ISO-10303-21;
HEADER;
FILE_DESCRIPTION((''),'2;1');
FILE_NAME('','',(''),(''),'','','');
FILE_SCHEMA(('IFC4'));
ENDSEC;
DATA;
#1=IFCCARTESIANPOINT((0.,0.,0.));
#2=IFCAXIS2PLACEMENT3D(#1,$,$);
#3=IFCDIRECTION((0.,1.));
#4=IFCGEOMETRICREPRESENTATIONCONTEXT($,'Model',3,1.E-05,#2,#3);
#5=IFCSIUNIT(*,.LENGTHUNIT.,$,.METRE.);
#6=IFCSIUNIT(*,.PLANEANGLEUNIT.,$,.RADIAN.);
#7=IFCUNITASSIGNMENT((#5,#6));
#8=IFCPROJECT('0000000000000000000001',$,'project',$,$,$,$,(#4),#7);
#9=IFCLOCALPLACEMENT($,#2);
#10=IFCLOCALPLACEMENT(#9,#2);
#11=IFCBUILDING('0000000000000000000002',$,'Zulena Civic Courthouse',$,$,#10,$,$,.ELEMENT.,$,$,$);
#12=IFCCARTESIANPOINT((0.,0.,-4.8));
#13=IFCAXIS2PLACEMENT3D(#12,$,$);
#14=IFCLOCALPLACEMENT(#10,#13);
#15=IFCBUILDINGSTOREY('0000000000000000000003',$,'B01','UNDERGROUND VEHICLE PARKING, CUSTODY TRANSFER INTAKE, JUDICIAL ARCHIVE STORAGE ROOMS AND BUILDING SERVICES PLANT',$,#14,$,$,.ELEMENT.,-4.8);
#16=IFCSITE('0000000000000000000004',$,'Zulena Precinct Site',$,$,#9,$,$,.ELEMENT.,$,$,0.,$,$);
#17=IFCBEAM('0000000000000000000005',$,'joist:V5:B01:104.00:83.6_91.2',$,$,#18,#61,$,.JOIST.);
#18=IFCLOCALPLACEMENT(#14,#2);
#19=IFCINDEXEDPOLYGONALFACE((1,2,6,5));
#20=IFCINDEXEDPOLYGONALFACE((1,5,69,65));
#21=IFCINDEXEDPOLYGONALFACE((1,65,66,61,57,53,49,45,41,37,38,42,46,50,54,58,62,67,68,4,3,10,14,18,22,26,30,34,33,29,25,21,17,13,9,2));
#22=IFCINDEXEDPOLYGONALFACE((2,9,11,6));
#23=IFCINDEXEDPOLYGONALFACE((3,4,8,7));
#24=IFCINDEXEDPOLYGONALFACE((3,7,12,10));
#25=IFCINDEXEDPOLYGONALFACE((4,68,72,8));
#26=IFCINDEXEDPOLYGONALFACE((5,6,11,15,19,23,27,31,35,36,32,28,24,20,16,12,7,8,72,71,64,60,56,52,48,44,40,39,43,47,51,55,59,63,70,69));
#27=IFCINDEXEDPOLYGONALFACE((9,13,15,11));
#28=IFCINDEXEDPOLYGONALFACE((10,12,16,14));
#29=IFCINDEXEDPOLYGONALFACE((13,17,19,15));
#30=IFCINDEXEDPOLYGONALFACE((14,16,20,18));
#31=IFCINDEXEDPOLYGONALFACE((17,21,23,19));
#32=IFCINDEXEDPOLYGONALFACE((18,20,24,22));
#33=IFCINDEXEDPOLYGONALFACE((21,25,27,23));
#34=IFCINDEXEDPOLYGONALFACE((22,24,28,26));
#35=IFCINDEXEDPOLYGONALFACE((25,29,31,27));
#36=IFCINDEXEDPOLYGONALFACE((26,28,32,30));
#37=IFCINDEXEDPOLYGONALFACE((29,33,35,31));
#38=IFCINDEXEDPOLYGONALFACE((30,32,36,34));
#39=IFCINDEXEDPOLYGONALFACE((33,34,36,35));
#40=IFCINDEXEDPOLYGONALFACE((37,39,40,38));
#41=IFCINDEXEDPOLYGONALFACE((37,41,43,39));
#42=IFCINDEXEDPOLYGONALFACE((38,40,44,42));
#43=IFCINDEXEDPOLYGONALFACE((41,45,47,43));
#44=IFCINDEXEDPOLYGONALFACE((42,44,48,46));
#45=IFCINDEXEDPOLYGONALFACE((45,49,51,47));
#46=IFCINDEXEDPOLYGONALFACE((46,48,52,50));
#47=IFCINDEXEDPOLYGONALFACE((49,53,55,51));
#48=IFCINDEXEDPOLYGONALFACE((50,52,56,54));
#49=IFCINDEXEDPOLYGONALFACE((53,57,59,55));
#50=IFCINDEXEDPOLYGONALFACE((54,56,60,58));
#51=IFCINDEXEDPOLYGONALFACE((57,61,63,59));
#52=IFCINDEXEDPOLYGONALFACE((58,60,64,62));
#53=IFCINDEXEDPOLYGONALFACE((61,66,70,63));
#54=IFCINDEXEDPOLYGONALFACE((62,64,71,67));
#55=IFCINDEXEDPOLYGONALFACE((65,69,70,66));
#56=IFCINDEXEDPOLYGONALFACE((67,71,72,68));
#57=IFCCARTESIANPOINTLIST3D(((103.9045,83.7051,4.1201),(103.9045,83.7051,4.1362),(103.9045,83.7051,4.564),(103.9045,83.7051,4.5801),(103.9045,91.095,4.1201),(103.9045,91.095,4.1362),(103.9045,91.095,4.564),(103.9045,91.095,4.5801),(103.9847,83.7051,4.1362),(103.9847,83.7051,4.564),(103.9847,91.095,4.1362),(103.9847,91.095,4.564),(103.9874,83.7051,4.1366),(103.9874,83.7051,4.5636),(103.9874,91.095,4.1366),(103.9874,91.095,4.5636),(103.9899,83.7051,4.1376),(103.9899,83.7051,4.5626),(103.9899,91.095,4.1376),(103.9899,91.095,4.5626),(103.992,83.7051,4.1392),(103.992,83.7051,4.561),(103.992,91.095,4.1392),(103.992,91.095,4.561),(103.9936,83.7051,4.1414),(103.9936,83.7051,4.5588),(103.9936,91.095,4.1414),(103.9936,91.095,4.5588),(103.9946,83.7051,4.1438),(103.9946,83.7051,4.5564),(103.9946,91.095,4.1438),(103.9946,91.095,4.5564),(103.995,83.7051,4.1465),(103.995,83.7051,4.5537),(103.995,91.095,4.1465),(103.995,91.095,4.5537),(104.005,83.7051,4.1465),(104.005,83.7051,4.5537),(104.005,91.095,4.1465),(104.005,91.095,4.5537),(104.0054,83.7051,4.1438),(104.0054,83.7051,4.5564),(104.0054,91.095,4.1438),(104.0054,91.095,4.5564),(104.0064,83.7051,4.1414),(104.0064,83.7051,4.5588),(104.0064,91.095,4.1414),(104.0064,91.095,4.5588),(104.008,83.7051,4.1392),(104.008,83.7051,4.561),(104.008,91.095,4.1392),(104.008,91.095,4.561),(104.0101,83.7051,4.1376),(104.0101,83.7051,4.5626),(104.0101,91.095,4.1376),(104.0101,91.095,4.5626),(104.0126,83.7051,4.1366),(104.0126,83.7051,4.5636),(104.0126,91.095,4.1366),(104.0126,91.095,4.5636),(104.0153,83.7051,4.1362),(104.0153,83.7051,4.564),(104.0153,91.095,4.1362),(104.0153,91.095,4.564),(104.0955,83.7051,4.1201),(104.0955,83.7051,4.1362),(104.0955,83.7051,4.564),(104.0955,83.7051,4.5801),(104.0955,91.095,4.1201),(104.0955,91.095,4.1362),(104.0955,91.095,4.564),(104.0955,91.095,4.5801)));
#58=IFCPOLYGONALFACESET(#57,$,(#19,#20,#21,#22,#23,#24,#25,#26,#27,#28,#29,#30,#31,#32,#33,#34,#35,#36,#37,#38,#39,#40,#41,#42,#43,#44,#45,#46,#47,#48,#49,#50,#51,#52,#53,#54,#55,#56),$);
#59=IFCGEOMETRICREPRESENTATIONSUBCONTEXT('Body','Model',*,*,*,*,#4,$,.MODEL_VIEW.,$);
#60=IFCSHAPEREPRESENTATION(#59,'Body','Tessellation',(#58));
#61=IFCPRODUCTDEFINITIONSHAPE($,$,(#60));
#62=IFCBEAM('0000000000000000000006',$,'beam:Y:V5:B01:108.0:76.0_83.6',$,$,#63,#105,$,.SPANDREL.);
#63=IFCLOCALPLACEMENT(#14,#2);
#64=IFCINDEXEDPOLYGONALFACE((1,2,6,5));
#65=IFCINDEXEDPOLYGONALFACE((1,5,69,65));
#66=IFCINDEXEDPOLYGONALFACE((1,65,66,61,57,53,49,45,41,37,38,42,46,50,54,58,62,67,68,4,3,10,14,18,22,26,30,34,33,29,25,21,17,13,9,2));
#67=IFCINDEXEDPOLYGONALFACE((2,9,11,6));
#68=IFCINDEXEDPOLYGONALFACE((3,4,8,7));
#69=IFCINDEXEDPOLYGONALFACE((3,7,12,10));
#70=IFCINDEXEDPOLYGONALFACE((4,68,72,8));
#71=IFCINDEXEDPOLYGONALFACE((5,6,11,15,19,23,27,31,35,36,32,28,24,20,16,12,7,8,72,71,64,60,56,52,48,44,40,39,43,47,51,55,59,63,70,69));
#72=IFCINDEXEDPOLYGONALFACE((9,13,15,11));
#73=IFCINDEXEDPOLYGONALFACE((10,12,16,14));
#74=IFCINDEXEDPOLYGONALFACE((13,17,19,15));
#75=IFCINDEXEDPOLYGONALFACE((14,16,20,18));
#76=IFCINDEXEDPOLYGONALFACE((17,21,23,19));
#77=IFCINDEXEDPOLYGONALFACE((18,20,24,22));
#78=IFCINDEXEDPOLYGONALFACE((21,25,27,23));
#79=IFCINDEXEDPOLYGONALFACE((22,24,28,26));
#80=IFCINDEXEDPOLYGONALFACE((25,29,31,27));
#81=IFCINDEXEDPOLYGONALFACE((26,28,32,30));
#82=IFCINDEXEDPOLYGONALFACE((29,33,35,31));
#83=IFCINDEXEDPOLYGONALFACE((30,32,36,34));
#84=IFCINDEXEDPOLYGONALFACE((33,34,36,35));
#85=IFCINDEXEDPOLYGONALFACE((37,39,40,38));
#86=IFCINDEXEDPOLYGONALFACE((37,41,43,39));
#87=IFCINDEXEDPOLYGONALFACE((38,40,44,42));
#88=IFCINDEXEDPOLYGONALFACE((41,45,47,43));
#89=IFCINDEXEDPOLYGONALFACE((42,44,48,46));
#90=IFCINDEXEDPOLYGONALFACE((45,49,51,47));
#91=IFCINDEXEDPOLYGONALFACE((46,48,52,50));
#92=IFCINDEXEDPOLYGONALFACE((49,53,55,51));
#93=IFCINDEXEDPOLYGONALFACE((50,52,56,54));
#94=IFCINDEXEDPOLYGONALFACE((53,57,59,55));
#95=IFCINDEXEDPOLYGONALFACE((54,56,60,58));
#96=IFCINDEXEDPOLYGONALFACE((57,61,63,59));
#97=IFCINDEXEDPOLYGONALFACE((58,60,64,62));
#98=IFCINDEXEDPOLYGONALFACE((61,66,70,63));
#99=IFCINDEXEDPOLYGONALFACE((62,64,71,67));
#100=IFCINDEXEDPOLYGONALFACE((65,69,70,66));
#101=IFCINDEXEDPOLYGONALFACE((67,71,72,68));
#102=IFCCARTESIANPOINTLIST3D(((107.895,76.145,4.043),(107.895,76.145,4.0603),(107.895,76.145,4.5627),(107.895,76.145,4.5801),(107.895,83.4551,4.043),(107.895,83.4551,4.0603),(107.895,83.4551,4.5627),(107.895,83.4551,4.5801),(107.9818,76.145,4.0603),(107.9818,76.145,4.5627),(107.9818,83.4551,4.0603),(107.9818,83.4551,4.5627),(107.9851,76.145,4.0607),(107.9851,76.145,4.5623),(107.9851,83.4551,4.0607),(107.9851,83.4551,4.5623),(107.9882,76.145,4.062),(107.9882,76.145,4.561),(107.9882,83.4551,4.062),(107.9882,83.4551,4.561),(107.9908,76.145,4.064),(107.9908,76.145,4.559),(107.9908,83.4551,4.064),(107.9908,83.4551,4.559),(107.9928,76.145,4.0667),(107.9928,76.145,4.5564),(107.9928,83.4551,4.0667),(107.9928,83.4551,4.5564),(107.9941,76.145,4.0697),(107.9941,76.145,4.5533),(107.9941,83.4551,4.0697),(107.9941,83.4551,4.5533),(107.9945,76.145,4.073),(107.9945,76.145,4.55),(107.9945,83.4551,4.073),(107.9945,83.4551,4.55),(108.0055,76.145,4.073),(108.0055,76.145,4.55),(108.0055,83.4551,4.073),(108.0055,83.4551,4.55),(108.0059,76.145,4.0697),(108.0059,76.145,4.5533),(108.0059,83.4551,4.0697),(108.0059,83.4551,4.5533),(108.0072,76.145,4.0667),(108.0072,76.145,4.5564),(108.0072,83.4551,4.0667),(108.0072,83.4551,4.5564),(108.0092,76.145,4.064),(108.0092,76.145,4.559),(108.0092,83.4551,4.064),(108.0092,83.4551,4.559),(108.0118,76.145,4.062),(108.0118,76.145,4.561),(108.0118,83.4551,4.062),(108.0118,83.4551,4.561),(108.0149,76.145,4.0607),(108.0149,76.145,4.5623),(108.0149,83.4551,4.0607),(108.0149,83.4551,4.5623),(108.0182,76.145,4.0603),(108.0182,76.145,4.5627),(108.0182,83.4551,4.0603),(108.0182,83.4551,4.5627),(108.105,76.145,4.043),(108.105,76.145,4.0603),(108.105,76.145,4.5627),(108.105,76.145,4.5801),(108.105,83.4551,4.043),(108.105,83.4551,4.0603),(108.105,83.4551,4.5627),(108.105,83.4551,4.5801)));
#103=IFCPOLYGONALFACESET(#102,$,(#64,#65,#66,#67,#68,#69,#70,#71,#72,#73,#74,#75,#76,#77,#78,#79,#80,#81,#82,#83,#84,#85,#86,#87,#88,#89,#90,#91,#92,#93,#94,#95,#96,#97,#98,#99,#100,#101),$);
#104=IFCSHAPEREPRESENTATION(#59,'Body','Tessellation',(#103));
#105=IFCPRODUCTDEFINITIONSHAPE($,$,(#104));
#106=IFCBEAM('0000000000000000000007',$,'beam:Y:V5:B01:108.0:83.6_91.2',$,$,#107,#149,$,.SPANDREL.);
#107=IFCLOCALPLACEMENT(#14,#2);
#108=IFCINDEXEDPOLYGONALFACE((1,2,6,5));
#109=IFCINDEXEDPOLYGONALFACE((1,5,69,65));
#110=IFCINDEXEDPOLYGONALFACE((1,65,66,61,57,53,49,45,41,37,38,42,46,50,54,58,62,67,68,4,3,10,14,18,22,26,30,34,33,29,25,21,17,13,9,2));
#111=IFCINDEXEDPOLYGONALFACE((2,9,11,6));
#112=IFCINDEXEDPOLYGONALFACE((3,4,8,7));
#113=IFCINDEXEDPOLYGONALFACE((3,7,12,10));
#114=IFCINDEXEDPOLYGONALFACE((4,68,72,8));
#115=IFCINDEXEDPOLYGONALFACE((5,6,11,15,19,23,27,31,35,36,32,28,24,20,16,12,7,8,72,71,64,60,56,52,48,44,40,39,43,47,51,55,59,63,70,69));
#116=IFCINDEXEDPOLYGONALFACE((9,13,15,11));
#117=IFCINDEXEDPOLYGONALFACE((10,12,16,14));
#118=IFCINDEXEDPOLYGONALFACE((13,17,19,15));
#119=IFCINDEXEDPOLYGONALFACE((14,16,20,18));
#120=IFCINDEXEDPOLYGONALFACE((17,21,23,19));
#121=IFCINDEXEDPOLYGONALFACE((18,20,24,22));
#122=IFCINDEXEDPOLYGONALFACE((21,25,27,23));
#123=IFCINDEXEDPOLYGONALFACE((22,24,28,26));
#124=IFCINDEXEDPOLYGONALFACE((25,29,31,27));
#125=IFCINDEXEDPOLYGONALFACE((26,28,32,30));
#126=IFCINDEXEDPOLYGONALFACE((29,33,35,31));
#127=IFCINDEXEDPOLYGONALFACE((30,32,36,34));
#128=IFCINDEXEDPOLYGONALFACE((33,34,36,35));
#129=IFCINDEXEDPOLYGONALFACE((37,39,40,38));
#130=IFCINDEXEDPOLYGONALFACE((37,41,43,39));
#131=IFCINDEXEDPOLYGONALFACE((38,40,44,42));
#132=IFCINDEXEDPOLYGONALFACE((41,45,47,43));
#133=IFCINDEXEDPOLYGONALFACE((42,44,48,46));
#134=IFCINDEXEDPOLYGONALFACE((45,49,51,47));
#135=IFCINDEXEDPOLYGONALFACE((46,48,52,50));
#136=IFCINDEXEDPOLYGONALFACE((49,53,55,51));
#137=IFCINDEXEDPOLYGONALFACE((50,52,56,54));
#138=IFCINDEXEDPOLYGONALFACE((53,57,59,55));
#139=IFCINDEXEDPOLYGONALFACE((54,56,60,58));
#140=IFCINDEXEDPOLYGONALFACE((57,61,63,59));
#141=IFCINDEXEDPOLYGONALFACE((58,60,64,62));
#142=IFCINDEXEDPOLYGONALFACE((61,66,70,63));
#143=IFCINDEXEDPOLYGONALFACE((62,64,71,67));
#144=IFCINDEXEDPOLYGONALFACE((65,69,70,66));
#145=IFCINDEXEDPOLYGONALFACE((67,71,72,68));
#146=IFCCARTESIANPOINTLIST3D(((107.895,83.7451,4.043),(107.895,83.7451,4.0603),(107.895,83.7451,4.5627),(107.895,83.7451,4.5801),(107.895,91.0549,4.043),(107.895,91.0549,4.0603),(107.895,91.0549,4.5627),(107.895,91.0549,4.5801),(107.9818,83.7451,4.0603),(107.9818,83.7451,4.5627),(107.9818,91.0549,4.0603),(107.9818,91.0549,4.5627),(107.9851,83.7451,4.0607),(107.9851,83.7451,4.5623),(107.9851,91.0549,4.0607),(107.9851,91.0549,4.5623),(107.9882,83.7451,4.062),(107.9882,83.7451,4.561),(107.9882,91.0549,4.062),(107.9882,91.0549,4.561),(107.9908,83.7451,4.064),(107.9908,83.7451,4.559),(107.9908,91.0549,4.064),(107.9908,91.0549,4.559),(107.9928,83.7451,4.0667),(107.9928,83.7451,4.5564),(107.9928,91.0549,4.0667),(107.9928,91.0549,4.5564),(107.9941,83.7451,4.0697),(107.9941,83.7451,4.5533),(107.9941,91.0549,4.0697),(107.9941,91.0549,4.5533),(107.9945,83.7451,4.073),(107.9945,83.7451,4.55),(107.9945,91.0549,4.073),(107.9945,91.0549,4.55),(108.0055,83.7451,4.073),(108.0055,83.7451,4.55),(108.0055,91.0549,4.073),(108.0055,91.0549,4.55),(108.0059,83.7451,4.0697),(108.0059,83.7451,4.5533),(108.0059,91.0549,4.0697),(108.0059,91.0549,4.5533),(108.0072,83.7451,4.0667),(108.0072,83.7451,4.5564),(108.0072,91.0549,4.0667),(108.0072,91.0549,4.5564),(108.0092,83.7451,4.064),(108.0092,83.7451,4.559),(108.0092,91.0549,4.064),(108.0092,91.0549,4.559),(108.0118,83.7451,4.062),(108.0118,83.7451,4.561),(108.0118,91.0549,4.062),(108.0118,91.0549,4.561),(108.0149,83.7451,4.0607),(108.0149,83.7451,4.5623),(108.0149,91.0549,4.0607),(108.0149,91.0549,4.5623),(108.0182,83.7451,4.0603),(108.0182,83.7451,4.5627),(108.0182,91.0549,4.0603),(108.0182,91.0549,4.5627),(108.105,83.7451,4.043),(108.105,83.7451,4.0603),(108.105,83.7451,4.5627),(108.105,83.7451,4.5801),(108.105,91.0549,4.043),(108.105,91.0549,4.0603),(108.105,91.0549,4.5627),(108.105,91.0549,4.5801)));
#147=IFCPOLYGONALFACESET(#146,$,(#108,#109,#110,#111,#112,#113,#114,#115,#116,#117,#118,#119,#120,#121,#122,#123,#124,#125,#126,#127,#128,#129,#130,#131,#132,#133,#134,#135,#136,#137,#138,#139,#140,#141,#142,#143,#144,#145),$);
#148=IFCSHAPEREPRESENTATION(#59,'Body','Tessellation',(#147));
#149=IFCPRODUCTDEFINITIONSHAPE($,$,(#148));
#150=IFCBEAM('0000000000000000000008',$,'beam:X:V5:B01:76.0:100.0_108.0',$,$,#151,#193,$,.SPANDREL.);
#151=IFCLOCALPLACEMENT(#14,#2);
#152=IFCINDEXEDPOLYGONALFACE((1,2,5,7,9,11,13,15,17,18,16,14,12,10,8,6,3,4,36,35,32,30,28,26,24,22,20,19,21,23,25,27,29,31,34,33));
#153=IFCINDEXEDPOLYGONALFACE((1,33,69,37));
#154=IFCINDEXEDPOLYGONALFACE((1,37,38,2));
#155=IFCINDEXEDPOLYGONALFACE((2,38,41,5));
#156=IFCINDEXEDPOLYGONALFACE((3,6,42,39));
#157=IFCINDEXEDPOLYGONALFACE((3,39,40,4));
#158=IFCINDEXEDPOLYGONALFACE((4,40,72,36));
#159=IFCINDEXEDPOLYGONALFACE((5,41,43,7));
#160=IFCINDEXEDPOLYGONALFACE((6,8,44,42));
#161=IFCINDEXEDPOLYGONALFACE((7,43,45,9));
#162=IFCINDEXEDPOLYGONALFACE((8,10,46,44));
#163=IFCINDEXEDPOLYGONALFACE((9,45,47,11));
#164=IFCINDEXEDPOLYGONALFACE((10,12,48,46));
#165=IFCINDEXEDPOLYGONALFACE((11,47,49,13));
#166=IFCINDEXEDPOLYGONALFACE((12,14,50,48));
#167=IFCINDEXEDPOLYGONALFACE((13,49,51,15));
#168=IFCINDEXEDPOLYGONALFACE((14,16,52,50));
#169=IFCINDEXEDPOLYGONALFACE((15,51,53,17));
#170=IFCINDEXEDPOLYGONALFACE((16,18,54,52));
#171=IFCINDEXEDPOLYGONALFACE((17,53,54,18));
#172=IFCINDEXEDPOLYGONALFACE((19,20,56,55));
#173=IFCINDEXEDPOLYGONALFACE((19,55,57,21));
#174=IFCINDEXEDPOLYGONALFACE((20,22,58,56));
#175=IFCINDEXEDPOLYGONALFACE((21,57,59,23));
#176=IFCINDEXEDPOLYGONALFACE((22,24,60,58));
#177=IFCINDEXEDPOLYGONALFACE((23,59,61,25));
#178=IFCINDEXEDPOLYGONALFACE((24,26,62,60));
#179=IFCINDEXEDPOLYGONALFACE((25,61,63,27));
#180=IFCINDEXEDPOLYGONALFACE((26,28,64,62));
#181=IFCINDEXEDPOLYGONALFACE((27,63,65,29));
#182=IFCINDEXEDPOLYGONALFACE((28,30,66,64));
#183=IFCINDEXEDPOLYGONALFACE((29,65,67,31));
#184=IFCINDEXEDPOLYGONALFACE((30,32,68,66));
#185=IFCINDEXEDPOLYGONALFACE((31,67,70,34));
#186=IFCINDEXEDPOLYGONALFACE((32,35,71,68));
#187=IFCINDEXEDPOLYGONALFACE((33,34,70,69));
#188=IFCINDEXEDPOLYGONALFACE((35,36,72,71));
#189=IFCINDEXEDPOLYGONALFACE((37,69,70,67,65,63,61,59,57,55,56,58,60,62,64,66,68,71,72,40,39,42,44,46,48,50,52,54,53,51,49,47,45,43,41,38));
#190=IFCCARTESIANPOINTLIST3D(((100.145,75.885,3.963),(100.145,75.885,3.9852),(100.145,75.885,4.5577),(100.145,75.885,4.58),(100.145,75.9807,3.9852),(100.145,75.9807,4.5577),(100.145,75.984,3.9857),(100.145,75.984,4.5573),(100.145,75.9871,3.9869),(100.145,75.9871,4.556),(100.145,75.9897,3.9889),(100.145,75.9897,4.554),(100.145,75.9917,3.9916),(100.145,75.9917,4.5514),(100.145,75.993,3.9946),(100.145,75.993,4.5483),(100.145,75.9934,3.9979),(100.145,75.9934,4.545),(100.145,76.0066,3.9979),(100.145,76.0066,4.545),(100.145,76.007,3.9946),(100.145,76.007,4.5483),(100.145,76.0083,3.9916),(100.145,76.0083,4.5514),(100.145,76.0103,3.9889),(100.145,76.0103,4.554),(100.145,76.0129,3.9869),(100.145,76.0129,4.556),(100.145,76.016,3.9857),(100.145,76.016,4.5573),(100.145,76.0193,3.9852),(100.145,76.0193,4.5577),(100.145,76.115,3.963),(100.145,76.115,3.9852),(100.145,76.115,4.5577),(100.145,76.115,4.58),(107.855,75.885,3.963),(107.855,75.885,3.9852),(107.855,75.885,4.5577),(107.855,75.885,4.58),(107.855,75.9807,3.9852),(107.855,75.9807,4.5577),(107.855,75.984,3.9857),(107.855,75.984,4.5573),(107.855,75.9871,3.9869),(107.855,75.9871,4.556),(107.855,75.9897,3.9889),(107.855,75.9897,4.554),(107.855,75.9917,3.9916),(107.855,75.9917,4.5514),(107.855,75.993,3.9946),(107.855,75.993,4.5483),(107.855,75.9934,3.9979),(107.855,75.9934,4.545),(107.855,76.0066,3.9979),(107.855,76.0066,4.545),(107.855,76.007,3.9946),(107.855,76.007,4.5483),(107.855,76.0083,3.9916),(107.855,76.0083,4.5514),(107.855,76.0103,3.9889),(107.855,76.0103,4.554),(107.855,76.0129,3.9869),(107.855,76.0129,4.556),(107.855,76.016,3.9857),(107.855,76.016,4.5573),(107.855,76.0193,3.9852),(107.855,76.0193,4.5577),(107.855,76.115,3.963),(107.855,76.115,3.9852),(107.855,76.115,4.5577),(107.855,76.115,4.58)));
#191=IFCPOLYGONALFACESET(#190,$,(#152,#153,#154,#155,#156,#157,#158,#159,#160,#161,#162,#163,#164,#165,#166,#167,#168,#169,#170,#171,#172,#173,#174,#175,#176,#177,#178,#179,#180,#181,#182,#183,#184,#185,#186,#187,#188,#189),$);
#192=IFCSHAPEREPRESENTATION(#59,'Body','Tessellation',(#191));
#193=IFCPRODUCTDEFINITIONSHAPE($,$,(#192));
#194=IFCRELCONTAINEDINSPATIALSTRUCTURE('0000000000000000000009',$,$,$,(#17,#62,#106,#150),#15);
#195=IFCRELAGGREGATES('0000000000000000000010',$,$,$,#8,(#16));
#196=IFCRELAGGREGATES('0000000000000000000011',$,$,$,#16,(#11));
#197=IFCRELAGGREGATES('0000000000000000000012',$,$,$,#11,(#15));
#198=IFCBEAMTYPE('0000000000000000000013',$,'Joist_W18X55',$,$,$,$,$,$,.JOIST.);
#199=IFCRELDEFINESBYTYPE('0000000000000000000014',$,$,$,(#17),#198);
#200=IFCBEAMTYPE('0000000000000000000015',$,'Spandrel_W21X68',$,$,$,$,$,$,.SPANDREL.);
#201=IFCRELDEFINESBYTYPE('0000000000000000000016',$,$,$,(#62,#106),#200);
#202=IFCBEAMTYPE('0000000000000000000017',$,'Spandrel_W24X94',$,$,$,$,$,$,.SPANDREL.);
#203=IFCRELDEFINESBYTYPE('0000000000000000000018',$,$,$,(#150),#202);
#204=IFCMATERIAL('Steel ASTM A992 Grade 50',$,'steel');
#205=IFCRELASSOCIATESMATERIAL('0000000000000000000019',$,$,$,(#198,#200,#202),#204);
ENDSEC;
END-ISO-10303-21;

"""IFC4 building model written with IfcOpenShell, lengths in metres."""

from ifc_helpers import new_model, si_unit, direction, frame, origin, origin_2d, place, context, subcontext, project, spatial, i_section, extrude, material, material_profile, profile_set, type_object, element, save


model = new_model("IFC4")

# Units and contexts
model_context = context("Model", 3, precision=1e-05, world=origin(), true_north=direction((0.0, 1.0)))
body_context = subcontext(model_context, "Body", "Model", "MODEL_VIEW")
ifc_project = project(units=[si_unit("LENGTHUNIT", "METRE"), si_unit("PLANEANGLEUNIT", "RADIAN")], contexts=[model_context])

# Site, building, storey
site_placement = place(None, origin())
site = spatial("IfcSite", under=ifc_project, at=site_placement, Name="Zulena Precinct Site", CompositionType="ELEMENT", RefElevation=0.0)
building_placement = place(site_placement, origin())
building = spatial("IfcBuilding", under=site, at=building_placement, Name="Zulena Civic Courthouse", CompositionType="ELEMENT")
storey_placement = place(building_placement, frame((0.0, 0.0, -4.8)))
storey = spatial("IfcBuildingStorey", under=building, at=storey_placement, Name="B01", Description="UNDERGROUND VEHICLE PARKING, CUSTODY TRANSFER INTAKE, JUDICIAL ARCHIVE STORAGE ROOMS AND BUILDING SERVICES PLANT", CompositionType="ELEMENT", Elevation=-4.8)

# Shared definitions
ifc_material_1 = material(Name="Steel ASTM A992 Grade 50", Category="steel")

# Beams
ifc_material_profile_1 = material_profile(ifc_material_1, i_section(OverallWidth=0.1909, OverallDepth=0.46, WebThickness=0.01, FlangeThickness=0.0161, FilletRadius=0.0103, at=origin_2d()), Name="W18X55")
ifc_profile_set_1 = profile_set([ifc_material_profile_1], Name="Steel ASTM A992 Grade 50")
beam_type_1 = type_object("IfcBeamType", Name="Joist_W18X55", PredefinedType="JOIST", material=ifc_profile_set_1)
beam_1_placement = place(storey_placement, frame((104.0, 83.7051, 4.3501), z_axis=(0.0, 1.0, 0.0), x_axis=(-1.0, 0.0, 0.0)))
element("IfcBeam", 1, at=beam_1_placement, inside=storey, type_object=beam_type_1, Name="joist:V5:B01:104.00:83.6_91.2", PredefinedType="JOIST", context=body_context, shape_type="SweptSolid", body=[
    extrude(i_section(OverallWidth=0.1909, OverallDepth=0.46, WebThickness=0.01, FlangeThickness=0.0161, FilletRadius=0.0103, at=origin_2d()), origin(), (0.0, 0.0, 1.0), 7.3899),
])
ifc_material_profile_2 = material_profile(ifc_material_1, i_section(OverallWidth=0.21, OverallDepth=0.5371, WebThickness=0.011, FlangeThickness=0.0173, FilletRadius=0.0127, at=origin_2d()), Name="W21X68")
ifc_profile_set_2 = profile_set([ifc_material_profile_2], Name="Steel ASTM A992 Grade 50")
beam_type_2 = type_object("IfcBeamType", Name="Spandrel_W21X68", PredefinedType="SPANDREL", material=ifc_profile_set_2)
beam_2_placement = place(storey_placement, frame((108.0, 76.145, 4.3115), z_axis=(0.0, 1.0, 0.0), x_axis=(-1.0, 0.0, 0.0)))
element("IfcBeam", 2, at=beam_2_placement, inside=storey, type_object=beam_type_2, Name="beam:Y:V5:B01:108.0:76.0_83.6", PredefinedType="SPANDREL", context=body_context, shape_type="SweptSolid", body=[
    extrude(i_section(OverallWidth=0.21, OverallDepth=0.5371, WebThickness=0.011, FlangeThickness=0.0173, FilletRadius=0.0127, at=origin_2d()), origin(), (0.0, 0.0, 1.0), 7.3101),
])
beam_3_placement = place(storey_placement, frame((108.0, 83.7451, 4.3115), z_axis=(0.0, 1.0, 0.0), x_axis=(-1.0, 0.0, 0.0)))
element("IfcBeam", 3, at=beam_3_placement, inside=storey, type_object=beam_type_2, Name="beam:Y:V5:B01:108.0:83.6_91.2", PredefinedType="SPANDREL", context=body_context, shape_type="SweptSolid", body=[
    extrude(i_section(OverallWidth=0.21, OverallDepth=0.5371, WebThickness=0.011, FlangeThickness=0.0173, FilletRadius=0.0127, at=origin_2d()), origin(), (0.0, 0.0, 1.0), 7.3098),
])
ifc_material_profile_3 = material_profile(ifc_material_1, i_section(OverallWidth=0.23, OverallDepth=0.6169, WebThickness=0.0132, FlangeThickness=0.0222, FilletRadius=0.0127, at=origin_2d()), Name="W24X94")
ifc_profile_set_3 = profile_set([ifc_material_profile_3], Name="Steel ASTM A992 Grade 50")
beam_type_3 = type_object("IfcBeamType", Name="Spandrel_W24X94", PredefinedType="SPANDREL", material=ifc_profile_set_3)
for number, where, z_axis, x_axis, name in (
    (4, (100.145, 76.0, 4.2715), (1.0, 0.0, 0.0), (0.0, 1.0, 0.0), "beam:X:V5:B01:76.0:100.0_108.0"),
):
    element("IfcBeam", number, at=place(storey_placement, frame(where, z_axis=z_axis, x_axis=x_axis)), inside=storey, type_object=beam_type_3, Name=name, PredefinedType="SPANDREL", context=body_context, shape_type="SweptSolid", body=[
        extrude(i_section(OverallWidth=0.23, OverallDepth=0.6169, WebThickness=0.0132, FlangeThickness=0.0222, FilletRadius=0.0127, at=origin_2d()), origin(), (0.0, 0.0, 1.0), 7.71),
    ])

save(model, "model.ifc")
